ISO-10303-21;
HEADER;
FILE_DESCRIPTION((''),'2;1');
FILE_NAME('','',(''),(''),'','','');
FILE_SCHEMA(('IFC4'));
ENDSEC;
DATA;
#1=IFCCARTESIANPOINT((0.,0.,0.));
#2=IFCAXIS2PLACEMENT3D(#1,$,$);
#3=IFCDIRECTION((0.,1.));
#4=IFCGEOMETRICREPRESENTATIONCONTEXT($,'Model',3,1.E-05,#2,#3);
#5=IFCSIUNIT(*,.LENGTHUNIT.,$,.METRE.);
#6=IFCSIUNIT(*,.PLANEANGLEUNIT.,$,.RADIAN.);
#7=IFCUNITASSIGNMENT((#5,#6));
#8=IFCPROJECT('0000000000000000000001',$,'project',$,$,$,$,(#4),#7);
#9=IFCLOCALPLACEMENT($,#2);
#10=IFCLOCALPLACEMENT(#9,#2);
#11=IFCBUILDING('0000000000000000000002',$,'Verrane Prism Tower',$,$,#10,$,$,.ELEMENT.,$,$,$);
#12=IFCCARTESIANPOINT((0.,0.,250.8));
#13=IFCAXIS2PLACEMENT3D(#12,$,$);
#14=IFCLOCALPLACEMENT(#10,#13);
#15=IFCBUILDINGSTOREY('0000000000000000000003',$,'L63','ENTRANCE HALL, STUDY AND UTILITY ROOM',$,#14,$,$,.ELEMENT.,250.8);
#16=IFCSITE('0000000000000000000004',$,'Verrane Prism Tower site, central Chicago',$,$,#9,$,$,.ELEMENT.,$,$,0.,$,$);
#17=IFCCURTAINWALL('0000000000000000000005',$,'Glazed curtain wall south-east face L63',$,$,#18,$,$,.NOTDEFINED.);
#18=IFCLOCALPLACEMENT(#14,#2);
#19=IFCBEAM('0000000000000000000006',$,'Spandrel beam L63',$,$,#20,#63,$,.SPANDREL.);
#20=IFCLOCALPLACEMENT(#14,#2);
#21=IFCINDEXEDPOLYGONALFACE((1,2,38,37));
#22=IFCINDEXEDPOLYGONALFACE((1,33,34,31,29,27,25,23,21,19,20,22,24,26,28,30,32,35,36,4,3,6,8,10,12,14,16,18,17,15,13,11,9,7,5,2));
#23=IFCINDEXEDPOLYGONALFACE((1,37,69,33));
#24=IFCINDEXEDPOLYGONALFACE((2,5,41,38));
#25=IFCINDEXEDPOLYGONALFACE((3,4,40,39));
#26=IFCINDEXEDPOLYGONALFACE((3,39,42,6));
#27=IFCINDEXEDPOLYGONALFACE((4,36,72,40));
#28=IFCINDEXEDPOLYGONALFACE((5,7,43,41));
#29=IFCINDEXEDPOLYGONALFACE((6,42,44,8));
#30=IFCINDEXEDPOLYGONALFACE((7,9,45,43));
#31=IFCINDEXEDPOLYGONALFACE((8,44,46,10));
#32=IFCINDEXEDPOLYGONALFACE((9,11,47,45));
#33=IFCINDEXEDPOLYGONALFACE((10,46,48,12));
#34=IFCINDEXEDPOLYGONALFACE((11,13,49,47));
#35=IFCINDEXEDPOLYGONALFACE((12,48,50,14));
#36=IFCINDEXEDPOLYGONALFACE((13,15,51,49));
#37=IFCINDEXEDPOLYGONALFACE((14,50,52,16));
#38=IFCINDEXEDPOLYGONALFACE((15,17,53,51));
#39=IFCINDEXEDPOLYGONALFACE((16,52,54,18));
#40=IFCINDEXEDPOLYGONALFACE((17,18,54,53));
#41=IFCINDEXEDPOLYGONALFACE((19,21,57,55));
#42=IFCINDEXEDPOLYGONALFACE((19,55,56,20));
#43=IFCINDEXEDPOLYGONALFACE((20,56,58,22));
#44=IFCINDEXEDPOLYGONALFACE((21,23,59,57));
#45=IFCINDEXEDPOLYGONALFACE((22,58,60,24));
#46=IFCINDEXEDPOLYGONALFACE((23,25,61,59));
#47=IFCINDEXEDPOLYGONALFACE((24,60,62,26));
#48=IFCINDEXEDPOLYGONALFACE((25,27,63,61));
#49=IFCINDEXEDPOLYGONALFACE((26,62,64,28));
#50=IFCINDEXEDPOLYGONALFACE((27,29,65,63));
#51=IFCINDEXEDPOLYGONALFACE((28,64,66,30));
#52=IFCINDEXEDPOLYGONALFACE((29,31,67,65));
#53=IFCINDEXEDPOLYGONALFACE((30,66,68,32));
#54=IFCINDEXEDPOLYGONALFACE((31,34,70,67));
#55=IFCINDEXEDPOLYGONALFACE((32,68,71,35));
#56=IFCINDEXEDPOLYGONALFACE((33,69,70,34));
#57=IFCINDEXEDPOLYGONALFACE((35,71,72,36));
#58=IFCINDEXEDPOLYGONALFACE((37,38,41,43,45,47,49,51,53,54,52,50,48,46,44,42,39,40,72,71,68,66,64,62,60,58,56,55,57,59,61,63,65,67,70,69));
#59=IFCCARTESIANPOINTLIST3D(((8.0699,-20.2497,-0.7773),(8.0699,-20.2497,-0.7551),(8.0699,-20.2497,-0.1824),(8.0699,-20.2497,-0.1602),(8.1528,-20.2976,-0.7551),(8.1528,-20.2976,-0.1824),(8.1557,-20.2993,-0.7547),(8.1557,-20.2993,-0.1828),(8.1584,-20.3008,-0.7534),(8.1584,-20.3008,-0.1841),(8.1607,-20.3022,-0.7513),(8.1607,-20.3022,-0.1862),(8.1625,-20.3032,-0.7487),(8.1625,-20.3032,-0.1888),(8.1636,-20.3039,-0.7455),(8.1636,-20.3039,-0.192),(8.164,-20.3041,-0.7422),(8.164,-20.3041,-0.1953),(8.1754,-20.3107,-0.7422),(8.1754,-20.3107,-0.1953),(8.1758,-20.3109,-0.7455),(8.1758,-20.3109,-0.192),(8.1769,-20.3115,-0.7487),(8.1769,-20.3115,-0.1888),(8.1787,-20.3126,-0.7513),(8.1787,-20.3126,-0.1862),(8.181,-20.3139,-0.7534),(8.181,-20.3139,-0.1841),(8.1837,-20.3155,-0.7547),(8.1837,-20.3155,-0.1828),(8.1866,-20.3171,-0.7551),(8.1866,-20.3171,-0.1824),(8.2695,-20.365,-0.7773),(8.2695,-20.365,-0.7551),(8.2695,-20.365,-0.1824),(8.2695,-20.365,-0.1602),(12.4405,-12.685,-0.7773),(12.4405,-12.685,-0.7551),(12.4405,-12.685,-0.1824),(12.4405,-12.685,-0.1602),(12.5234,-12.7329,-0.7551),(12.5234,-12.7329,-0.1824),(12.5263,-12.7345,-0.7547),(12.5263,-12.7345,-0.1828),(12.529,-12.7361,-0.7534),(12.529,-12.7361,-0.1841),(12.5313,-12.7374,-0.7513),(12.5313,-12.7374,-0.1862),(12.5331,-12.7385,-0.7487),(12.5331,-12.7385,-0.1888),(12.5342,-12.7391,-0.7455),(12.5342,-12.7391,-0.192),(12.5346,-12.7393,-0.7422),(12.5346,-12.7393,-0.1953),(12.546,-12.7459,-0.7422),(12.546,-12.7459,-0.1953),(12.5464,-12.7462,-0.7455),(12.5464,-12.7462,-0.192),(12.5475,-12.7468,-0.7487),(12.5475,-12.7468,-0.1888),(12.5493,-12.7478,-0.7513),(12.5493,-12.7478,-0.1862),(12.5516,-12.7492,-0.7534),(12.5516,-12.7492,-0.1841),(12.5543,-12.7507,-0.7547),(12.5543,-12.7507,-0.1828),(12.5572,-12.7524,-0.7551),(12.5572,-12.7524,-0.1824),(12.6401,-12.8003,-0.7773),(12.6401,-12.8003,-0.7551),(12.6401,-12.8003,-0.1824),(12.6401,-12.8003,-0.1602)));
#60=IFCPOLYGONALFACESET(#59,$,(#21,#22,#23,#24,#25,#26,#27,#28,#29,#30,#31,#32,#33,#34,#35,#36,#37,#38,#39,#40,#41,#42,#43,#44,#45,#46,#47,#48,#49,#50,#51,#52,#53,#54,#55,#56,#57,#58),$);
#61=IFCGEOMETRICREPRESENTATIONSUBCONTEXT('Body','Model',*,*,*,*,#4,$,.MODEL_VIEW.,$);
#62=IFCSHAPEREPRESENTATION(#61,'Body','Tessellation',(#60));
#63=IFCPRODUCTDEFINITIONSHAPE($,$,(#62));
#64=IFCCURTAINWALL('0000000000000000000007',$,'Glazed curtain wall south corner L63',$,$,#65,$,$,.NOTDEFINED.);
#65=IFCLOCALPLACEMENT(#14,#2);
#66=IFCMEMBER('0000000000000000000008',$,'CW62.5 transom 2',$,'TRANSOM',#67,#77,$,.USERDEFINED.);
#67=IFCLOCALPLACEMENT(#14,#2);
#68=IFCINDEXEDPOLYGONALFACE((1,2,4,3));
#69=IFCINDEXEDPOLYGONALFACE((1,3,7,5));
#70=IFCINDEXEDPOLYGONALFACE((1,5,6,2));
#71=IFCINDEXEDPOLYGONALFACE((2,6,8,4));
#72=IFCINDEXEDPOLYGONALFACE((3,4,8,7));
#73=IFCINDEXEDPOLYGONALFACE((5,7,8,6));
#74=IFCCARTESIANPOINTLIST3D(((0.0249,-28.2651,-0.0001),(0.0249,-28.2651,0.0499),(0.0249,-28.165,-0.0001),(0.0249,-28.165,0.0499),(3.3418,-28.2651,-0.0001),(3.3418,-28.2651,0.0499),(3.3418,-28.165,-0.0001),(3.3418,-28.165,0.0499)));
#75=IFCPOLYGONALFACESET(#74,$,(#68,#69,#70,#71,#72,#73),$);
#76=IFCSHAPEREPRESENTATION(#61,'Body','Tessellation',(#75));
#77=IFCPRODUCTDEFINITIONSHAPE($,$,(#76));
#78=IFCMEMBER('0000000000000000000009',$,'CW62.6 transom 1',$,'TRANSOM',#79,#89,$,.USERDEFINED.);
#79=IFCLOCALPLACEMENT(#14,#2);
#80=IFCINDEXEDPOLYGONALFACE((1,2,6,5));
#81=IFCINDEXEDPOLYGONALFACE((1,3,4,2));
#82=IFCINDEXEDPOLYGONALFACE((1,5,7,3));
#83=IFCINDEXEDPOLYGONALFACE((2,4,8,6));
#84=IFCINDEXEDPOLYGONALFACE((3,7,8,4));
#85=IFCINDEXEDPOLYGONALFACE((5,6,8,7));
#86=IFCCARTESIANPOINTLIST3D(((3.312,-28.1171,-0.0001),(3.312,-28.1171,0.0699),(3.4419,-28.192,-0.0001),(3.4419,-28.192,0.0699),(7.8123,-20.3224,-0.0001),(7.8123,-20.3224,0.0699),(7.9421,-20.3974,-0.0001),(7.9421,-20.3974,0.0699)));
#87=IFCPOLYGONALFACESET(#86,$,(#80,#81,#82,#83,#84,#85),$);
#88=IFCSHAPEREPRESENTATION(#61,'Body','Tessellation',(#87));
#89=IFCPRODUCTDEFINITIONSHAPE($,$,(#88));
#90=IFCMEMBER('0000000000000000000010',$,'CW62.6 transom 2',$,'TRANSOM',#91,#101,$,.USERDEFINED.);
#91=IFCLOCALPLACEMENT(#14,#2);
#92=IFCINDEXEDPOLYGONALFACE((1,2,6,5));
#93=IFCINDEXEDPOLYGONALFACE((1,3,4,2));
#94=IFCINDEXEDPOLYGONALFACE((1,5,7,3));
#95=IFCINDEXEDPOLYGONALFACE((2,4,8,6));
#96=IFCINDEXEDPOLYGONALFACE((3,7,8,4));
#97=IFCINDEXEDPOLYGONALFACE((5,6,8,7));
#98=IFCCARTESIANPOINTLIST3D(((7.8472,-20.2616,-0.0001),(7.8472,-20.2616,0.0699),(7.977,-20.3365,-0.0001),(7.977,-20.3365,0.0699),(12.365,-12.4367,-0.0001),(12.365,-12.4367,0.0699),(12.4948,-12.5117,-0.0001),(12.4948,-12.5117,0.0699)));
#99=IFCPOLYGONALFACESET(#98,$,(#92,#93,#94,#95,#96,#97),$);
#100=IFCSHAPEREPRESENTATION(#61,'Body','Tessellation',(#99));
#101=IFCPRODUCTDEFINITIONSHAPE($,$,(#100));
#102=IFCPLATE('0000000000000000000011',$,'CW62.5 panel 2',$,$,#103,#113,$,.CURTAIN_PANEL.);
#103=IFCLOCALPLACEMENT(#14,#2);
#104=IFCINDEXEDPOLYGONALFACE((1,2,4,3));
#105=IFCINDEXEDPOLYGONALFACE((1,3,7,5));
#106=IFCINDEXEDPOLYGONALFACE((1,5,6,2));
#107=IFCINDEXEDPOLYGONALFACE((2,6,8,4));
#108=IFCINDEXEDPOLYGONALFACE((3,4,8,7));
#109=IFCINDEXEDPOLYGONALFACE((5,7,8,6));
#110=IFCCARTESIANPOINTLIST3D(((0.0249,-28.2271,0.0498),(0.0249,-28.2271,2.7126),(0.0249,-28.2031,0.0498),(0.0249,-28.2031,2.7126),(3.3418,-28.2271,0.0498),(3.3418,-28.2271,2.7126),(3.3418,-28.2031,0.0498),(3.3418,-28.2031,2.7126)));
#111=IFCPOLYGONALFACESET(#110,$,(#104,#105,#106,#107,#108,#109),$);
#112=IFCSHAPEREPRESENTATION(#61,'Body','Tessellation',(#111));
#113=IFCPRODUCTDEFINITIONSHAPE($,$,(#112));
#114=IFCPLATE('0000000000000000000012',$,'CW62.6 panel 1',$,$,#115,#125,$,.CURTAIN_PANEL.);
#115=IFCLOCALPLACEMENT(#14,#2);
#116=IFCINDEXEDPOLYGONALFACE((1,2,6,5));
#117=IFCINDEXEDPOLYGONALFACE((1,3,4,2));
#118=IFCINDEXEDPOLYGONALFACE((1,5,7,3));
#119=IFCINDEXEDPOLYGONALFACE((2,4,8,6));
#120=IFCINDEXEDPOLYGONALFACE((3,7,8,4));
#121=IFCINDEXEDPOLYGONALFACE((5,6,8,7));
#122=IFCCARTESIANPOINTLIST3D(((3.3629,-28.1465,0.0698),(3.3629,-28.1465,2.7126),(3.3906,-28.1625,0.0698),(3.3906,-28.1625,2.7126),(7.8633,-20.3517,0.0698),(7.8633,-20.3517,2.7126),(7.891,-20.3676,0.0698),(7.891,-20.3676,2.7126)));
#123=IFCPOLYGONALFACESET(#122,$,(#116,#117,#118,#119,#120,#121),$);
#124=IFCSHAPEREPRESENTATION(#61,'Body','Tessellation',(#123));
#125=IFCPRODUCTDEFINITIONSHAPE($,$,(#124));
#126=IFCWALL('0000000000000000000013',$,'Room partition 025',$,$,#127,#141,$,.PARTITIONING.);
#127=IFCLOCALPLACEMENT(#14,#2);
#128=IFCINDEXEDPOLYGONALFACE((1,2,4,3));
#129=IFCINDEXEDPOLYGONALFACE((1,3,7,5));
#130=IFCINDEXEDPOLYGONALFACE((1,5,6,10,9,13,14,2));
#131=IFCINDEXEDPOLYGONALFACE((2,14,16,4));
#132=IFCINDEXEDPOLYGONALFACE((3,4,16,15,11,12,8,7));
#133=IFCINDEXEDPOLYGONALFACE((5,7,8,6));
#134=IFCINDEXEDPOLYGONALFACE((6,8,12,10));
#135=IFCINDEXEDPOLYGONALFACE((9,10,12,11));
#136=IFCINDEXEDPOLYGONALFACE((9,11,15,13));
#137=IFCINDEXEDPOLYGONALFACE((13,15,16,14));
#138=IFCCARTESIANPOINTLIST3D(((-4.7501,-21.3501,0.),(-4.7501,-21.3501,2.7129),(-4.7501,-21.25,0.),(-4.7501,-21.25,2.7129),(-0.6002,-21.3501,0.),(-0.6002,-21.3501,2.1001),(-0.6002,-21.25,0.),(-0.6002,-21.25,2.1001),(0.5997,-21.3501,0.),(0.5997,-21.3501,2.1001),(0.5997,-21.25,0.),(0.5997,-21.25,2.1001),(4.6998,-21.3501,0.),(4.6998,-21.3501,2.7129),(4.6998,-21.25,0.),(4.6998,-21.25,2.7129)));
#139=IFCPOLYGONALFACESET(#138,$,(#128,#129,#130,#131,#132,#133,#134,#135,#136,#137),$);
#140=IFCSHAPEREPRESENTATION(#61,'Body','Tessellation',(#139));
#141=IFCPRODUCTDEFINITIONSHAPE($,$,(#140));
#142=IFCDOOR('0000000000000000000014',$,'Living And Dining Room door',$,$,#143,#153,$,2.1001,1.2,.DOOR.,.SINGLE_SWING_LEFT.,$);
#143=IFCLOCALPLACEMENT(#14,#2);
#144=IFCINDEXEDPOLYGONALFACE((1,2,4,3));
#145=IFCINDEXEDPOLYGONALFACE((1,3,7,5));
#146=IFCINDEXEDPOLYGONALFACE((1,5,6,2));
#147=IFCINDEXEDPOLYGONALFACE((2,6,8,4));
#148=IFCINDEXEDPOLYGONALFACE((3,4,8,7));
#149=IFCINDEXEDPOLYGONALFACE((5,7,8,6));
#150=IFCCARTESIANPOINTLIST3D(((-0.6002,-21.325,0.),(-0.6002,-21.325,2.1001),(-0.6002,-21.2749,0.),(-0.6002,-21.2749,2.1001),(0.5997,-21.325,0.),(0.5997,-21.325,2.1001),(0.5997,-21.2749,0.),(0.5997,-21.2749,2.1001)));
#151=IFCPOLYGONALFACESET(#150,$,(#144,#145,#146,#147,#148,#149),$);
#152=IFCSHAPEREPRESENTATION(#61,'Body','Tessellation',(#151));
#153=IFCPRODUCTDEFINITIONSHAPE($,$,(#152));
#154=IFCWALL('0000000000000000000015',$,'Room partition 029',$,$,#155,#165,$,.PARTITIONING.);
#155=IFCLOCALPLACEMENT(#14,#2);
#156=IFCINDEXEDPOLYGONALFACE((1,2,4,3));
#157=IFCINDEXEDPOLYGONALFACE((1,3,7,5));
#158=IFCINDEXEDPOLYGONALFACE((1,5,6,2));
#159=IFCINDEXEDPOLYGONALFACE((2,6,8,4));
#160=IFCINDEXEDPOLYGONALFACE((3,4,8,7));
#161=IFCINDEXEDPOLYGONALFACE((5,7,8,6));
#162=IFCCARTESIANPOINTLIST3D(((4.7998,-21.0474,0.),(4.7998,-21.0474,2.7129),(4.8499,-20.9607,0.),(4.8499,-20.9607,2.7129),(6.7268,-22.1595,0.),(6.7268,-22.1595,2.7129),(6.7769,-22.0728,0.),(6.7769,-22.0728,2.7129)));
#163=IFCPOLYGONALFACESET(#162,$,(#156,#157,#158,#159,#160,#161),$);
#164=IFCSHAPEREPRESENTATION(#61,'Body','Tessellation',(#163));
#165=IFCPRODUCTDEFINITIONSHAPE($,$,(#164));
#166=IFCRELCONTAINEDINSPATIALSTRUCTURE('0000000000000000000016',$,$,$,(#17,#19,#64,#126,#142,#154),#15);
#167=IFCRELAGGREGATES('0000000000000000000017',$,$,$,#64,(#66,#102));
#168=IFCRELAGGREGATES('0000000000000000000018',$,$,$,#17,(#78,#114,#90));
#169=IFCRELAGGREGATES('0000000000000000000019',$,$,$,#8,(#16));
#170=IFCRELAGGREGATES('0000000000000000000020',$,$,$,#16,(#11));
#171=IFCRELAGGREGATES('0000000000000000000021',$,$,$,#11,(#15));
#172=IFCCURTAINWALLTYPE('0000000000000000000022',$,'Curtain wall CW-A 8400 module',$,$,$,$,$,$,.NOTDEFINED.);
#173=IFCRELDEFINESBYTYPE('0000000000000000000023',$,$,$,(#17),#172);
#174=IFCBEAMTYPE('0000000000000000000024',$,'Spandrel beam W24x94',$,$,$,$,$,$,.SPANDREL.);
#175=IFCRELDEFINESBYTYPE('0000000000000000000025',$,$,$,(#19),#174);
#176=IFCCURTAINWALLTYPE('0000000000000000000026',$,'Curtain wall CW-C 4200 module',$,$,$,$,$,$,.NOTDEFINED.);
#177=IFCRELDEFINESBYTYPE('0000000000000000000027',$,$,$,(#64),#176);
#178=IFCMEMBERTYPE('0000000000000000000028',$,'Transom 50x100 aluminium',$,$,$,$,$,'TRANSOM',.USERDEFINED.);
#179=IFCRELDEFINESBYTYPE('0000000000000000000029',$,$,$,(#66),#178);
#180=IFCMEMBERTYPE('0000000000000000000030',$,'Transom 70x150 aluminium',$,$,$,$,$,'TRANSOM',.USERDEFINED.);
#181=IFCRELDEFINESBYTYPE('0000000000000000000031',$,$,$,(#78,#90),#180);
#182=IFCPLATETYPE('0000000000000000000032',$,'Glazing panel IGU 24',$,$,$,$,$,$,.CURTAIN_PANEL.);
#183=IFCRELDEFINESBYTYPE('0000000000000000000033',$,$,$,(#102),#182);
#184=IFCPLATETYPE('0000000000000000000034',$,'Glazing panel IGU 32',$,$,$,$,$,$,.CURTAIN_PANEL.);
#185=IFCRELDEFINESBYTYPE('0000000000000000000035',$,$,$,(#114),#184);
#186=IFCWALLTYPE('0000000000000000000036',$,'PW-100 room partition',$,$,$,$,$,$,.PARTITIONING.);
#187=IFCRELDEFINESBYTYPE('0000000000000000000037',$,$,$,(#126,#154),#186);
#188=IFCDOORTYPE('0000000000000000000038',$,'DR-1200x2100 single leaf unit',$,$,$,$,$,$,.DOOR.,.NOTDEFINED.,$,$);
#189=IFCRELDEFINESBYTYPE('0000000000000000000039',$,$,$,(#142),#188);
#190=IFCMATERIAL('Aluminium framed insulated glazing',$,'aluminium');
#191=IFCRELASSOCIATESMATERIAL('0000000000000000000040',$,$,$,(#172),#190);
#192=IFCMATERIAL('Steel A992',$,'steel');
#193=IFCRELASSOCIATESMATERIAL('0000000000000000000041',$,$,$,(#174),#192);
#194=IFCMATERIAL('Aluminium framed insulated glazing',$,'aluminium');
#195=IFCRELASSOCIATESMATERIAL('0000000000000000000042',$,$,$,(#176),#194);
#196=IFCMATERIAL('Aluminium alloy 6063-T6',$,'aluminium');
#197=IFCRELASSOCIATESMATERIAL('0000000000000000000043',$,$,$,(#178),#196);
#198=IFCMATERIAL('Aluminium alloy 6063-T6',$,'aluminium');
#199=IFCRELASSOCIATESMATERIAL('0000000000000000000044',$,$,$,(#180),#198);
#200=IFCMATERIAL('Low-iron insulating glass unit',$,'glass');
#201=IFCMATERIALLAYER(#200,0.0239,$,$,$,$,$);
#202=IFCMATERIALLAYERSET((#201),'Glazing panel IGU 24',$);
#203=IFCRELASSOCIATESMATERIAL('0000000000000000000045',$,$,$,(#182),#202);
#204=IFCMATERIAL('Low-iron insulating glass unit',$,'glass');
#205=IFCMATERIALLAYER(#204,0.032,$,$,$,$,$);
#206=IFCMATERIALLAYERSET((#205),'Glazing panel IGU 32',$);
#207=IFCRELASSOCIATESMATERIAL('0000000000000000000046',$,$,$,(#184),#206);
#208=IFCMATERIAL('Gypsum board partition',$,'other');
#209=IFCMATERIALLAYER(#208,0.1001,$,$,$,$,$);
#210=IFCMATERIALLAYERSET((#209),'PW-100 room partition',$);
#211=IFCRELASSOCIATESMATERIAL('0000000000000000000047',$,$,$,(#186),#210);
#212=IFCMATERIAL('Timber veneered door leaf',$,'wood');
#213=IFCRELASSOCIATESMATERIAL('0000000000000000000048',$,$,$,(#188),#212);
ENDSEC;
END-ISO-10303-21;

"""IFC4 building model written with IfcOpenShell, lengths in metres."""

from ifc_helpers import new_model, si_unit, direction, frame, frame_2d, origin, origin_2d, place, context, subcontext, project, spatial, rectangle, i_section, extrude, material, layer, layer_set, material_profile, profile_set, type_object, element, fill, aggregate, save


model = new_model("IFC4")

# Units and contexts
model_context = context("Model", 3, precision=1e-05, world=origin(), true_north=direction((0.0, 1.0)))
body_context = subcontext(model_context, "Body", "Model", "MODEL_VIEW")
ifc_project = project(units=[si_unit("LENGTHUNIT", "METRE"), si_unit("PLANEANGLEUNIT", "RADIAN")], contexts=[model_context])

# Site, building, storey
site_placement = place(None, origin())
site = spatial("IfcSite", under=ifc_project, at=site_placement, Name="Verrane Prism Tower site, central Chicago", CompositionType="ELEMENT", RefElevation=0.0)
building_placement = place(site_placement, origin())
building = spatial("IfcBuilding", under=site, at=building_placement, Name="Verrane Prism Tower", CompositionType="ELEMENT")
storey_placement = place(building_placement, frame((0.0, 0.0, 250.8)))
storey = spatial("IfcBuildingStorey", under=building, at=storey_placement, Name="L63", Description="ENTRANCE HALL, STUDY AND UTILITY ROOM", CompositionType="ELEMENT", Elevation=250.8)

# Curtain wall
ifc_material_1 = material(Name="Aluminium framed insulated glazing", Category="aluminium")
curtain_wall_type_1 = type_object("IfcCurtainWallType", Name="Curtain wall CW-A 8400 module", PredefinedType="NOTDEFINED", material=ifc_material_1)
curtain_wall_1_placement = place(storey_placement, origin())
curtain_wall_1 = element("IfcCurtainWall", 1, at=curtain_wall_1_placement, inside=storey, type_object=curtain_wall_type_1, Name="Glazed curtain wall south-east face L63", PredefinedType="NOTDEFINED")

# Beam
ifc_material_2 = material(Name="Steel A992", Category="steel")
ifc_material_profile_1 = material_profile(ifc_material_2, i_section(OverallWidth=0.2305, OverallDepth=0.6172, WebThickness=0.0132, FlangeThickness=0.0222, FilletRadius=0.0129, at=origin_2d()), Name="W24x94")
ifc_profile_set_1 = profile_set([ifc_material_profile_1], Name="Steel A992")
beam_type_1 = type_object("IfcBeamType", Name="Spandrel beam W24x94", PredefinedType="SPANDREL", material=ifc_profile_set_1)
beam_1_placement = place(storey_placement, frame((8.1697, -20.3074, -0.4688), z_axis=(0.500268, 0.86587, 0.0), x_axis=(-0.86587, 0.500268, 0.0)))
element("IfcBeam", 2, at=beam_1_placement, inside=storey, type_object=beam_type_1, Name="Spandrel beam L63", PredefinedType="SPANDREL", context=body_context, shape_type="SweptSolid", body=[
    extrude(i_section(OverallWidth=0.2305, OverallDepth=0.6172, WebThickness=0.0132, FlangeThickness=0.0222, FilletRadius=0.0129, at=origin_2d()), origin(), (0.0, 0.0, 1.0), 8.7366),
])

# Curtain wall, member
ifc_material_3 = material(Name="Aluminium framed insulated glazing", Category="aluminium")
curtain_wall_type_2 = type_object("IfcCurtainWallType", Name="Curtain wall CW-C 4200 module", PredefinedType="NOTDEFINED", material=ifc_material_3)
curtain_wall_2_placement = place(storey_placement, origin())
curtain_wall_2 = element("IfcCurtainWall", 3, at=curtain_wall_2_placement, inside=storey, type_object=curtain_wall_type_2, Name="Glazed curtain wall south corner L63", PredefinedType="NOTDEFINED")
ifc_material_4 = material(Name="Aluminium alloy 6063-T6", Category="aluminium")
ifc_material_profile_2 = material_profile(ifc_material_4, rectangle(XDim=0.1001, YDim=0.05, at=origin_2d()), Name="Transom 50x100 aluminium")
ifc_profile_set_2 = profile_set([ifc_material_profile_2], Name="Aluminium alloy 6063-T6")
member_type_1 = type_object("IfcMemberType", Name="Transom 50x100 aluminium", ElementType="TRANSOM", PredefinedType="USERDEFINED", material=ifc_profile_set_2)
member_1_placement = place(storey_placement, frame((0.0249, -28.2151, 0.0249), z_axis=(1.0, 0.0, 0.0), x_axis=(0.0, 1.0, 0.0)))
member_1 = element("IfcMember", 4, at=member_1_placement, type_object=member_type_1, Name="CW62.5 transom 2", ObjectType="TRANSOM", PredefinedType="USERDEFINED", context=body_context, shape_type="SweptSolid", body=[
    extrude(rectangle(XDim=0.1001, YDim=0.05, at=origin_2d()), origin(), (0.0, 0.0, 1.0), 3.3169),
])

# Members
ifc_material_5 = material(Name="Aluminium alloy 6063-T6", Category="aluminium")
ifc_material_profile_3 = material_profile(ifc_material_5, rectangle(XDim=0.1499, YDim=0.0701, at=origin_2d()), Name="Transom 70x150 aluminium")
ifc_profile_set_3 = profile_set([ifc_material_profile_3], Name="Aluminium alloy 6063-T6")
member_type_2 = type_object("IfcMemberType", Name="Transom 70x150 aluminium", ElementType="TRANSOM", PredefinedType="USERDEFINED", material=ifc_profile_set_3)
member_2_placement = place(storey_placement, frame((3.377, -28.1545, 0.0349), z_axis=(0.499999, 0.866026, 0.0), x_axis=(-0.866026, 0.499999, 0.0)))
member_2 = element("IfcMember", 5, at=member_2_placement, type_object=member_type_2, Name="CW62.6 transom 1", ObjectType="TRANSOM", PredefinedType="USERDEFINED", context=body_context, shape_type="SweptSolid", body=[
    extrude(rectangle(XDim=0.1499, YDim=0.0701, at=origin_2d()), origin(), (0.0, 0.0, 1.0), 9.0005),
])
member_3_placement = place(storey_placement, frame((7.9121, -20.2991, 0.0349), z_axis=(0.500007, 0.866021, 0.0), x_axis=(-0.866021, 0.500007, 0.0)))
member_3 = element("IfcMember", 6, at=member_3_placement, type_object=member_type_2, Name="CW62.6 transom 2", ObjectType="TRANSOM", PredefinedType="USERDEFINED", context=body_context, shape_type="SweptSolid", body=[
    extrude(rectangle(XDim=0.1499, YDim=0.0701, at=origin_2d()), origin(), (0.0, 0.0, 1.0), 9.0354),
])

# Plates
ifc_material_6 = material(Name="Low-iron insulating glass unit", Category="glass")
ifc_layer_1 = layer(ifc_material_6, 0.0239)
ifc_layer_set_1 = layer_set([ifc_layer_1], Name="Glazing panel IGU 24")
plate_type_1 = type_object("IfcPlateType", Name="Glazing panel IGU 24", PredefinedType="CURTAIN_PANEL", material=ifc_layer_set_1)
plate_1_placement = place(storey_placement, frame((1.6833, -28.2151, 0.0498), z_axis=(0.0, 0.0, 1.0), x_axis=(1.0, 0.0, 0.0)))
plate_1 = element("IfcPlate", 7, at=plate_1_placement, type_object=plate_type_1, Name="CW62.5 panel 2", PredefinedType="CURTAIN_PANEL", context=body_context, shape_type="SweptSolid", body=[
    extrude(rectangle(XDim=3.3169, YDim=0.0239, at=origin_2d()), origin(), (0.0, 0.0, 1.0), 2.6628),
])
aggregate(curtain_wall_2, [member_1, plate_1])
ifc_material_7 = material(Name="Low-iron insulating glass unit", Category="glass")
ifc_layer_2 = layer(ifc_material_7, 0.032)
ifc_layer_set_2 = layer_set([ifc_layer_2], Name="Glazing panel IGU 32")
plate_type_2 = type_object("IfcPlateType", Name="Glazing panel IGU 32", PredefinedType="CURTAIN_PANEL", material=ifc_layer_set_2)
plate_2_placement = place(storey_placement, frame((5.627, -24.2571, 0.0698), z_axis=(0.0, 0.0, 1.0), x_axis=(0.5, 0.866026, 0.0)))
plate_2 = element("IfcPlate", 8, at=plate_2_placement, type_object=plate_type_2, Name="CW62.6 panel 1", PredefinedType="CURTAIN_PANEL", context=body_context, shape_type="SweptSolid", body=[
    extrude(rectangle(XDim=9.0007, YDim=0.032, at=origin_2d()), origin(), (0.0, 0.0, 1.0), 2.6428),
])
aggregate(curtain_wall_1, [member_2, plate_2, member_3])

# Wall, opening, door
ifc_material_8 = material(Name="Gypsum board partition", Category="other")
ifc_layer_3 = layer(ifc_material_8, 0.1001)
ifc_layer_set_3 = layer_set([ifc_layer_3], Name="PW-100 room partition")
wall_type = type_object("IfcWallType", Name="PW-100 room partition", PredefinedType="PARTITIONING", material=ifc_layer_set_3)
wall_1_placement = place(storey_placement, frame((4.7, -21.3, 0.0), z_axis=(0.0, 0.0, 1.0), x_axis=(-1.0, 0.0, 0.0)))
wall_1 = element("IfcWall", 9, at=wall_1_placement, inside=storey, type_object=wall_type, Name="Room partition 025", PredefinedType="PARTITIONING", context=body_context, shape_type="SweptSolid", body=[
    extrude(rectangle(XDim=9.45, YDim=0.1001, at=frame_2d((4.7251, 0.0))), origin(), (0.0, 0.0, 1.0), 2.7129),
])
opening_placement = place(wall_1_placement, frame((4.1001, 0.0, 0.0)))
opening = element("IfcOpeningElement", 10, at=opening_placement, cuts=wall_1, PredefinedType="OPENING", context=body_context, shape_type="SweptSolid", body=[
    extrude(rectangle(XDim=1.2, YDim=2.1001, at=frame_2d((0.6001, 1.05))), frame((0.0, 0.0601, 0.0), z_axis=(0.0, -1.0, 0.0), x_axis=(1.0, 0.0, 0.0)), (0.0, 0.0, 1.0), 0.1201),
])
ifc_material_9 = material(Name="Timber veneered door leaf", Category="wood")
door_type = type_object("IfcDoorType", Name="DR-1200x2100 single leaf unit", OperationType="NOTDEFINED", PredefinedType="DOOR", material=ifc_material_9)
door_placement = place(opening_placement, origin())
door = element("IfcDoor", 11, at=door_placement, inside=storey, type_object=door_type, Name="Living And Dining Room door", OperationType="SINGLE_SWING_LEFT", OverallHeight=2.1001, OverallWidth=1.2, PredefinedType="DOOR", context=body_context, shape_type="SweptSolid", body=[
    extrude(rectangle(XDim=1.2, YDim=2.1001, at=frame_2d((0.6001, 1.05))), frame((0.0, 0.0249, 0.0), z_axis=(0.0, -1.0, 0.0), x_axis=(1.0, 0.0, 0.0)), (0.0, 0.0, 1.0), 0.05),
])
fill(opening, door)

# Wall
wall_2_placement = place(storey_placement, frame((4.825, -21.0042, 0.0), z_axis=(0.0, 0.0, 1.0), x_axis=(0.866122, -0.499833, 0.0)))
element("IfcWall", 12, at=wall_2_placement, inside=storey, type_object=wall_type, Name="Room partition 029", PredefinedType="PARTITIONING", context=body_context, shape_type="SweptSolid", body=[
    extrude(rectangle(XDim=2.2249, YDim=0.1001, at=frame_2d((1.1123, 0.0))), origin(), (0.0, 0.0, 1.0), 2.7129),
])

save(model, "model.ifc")
